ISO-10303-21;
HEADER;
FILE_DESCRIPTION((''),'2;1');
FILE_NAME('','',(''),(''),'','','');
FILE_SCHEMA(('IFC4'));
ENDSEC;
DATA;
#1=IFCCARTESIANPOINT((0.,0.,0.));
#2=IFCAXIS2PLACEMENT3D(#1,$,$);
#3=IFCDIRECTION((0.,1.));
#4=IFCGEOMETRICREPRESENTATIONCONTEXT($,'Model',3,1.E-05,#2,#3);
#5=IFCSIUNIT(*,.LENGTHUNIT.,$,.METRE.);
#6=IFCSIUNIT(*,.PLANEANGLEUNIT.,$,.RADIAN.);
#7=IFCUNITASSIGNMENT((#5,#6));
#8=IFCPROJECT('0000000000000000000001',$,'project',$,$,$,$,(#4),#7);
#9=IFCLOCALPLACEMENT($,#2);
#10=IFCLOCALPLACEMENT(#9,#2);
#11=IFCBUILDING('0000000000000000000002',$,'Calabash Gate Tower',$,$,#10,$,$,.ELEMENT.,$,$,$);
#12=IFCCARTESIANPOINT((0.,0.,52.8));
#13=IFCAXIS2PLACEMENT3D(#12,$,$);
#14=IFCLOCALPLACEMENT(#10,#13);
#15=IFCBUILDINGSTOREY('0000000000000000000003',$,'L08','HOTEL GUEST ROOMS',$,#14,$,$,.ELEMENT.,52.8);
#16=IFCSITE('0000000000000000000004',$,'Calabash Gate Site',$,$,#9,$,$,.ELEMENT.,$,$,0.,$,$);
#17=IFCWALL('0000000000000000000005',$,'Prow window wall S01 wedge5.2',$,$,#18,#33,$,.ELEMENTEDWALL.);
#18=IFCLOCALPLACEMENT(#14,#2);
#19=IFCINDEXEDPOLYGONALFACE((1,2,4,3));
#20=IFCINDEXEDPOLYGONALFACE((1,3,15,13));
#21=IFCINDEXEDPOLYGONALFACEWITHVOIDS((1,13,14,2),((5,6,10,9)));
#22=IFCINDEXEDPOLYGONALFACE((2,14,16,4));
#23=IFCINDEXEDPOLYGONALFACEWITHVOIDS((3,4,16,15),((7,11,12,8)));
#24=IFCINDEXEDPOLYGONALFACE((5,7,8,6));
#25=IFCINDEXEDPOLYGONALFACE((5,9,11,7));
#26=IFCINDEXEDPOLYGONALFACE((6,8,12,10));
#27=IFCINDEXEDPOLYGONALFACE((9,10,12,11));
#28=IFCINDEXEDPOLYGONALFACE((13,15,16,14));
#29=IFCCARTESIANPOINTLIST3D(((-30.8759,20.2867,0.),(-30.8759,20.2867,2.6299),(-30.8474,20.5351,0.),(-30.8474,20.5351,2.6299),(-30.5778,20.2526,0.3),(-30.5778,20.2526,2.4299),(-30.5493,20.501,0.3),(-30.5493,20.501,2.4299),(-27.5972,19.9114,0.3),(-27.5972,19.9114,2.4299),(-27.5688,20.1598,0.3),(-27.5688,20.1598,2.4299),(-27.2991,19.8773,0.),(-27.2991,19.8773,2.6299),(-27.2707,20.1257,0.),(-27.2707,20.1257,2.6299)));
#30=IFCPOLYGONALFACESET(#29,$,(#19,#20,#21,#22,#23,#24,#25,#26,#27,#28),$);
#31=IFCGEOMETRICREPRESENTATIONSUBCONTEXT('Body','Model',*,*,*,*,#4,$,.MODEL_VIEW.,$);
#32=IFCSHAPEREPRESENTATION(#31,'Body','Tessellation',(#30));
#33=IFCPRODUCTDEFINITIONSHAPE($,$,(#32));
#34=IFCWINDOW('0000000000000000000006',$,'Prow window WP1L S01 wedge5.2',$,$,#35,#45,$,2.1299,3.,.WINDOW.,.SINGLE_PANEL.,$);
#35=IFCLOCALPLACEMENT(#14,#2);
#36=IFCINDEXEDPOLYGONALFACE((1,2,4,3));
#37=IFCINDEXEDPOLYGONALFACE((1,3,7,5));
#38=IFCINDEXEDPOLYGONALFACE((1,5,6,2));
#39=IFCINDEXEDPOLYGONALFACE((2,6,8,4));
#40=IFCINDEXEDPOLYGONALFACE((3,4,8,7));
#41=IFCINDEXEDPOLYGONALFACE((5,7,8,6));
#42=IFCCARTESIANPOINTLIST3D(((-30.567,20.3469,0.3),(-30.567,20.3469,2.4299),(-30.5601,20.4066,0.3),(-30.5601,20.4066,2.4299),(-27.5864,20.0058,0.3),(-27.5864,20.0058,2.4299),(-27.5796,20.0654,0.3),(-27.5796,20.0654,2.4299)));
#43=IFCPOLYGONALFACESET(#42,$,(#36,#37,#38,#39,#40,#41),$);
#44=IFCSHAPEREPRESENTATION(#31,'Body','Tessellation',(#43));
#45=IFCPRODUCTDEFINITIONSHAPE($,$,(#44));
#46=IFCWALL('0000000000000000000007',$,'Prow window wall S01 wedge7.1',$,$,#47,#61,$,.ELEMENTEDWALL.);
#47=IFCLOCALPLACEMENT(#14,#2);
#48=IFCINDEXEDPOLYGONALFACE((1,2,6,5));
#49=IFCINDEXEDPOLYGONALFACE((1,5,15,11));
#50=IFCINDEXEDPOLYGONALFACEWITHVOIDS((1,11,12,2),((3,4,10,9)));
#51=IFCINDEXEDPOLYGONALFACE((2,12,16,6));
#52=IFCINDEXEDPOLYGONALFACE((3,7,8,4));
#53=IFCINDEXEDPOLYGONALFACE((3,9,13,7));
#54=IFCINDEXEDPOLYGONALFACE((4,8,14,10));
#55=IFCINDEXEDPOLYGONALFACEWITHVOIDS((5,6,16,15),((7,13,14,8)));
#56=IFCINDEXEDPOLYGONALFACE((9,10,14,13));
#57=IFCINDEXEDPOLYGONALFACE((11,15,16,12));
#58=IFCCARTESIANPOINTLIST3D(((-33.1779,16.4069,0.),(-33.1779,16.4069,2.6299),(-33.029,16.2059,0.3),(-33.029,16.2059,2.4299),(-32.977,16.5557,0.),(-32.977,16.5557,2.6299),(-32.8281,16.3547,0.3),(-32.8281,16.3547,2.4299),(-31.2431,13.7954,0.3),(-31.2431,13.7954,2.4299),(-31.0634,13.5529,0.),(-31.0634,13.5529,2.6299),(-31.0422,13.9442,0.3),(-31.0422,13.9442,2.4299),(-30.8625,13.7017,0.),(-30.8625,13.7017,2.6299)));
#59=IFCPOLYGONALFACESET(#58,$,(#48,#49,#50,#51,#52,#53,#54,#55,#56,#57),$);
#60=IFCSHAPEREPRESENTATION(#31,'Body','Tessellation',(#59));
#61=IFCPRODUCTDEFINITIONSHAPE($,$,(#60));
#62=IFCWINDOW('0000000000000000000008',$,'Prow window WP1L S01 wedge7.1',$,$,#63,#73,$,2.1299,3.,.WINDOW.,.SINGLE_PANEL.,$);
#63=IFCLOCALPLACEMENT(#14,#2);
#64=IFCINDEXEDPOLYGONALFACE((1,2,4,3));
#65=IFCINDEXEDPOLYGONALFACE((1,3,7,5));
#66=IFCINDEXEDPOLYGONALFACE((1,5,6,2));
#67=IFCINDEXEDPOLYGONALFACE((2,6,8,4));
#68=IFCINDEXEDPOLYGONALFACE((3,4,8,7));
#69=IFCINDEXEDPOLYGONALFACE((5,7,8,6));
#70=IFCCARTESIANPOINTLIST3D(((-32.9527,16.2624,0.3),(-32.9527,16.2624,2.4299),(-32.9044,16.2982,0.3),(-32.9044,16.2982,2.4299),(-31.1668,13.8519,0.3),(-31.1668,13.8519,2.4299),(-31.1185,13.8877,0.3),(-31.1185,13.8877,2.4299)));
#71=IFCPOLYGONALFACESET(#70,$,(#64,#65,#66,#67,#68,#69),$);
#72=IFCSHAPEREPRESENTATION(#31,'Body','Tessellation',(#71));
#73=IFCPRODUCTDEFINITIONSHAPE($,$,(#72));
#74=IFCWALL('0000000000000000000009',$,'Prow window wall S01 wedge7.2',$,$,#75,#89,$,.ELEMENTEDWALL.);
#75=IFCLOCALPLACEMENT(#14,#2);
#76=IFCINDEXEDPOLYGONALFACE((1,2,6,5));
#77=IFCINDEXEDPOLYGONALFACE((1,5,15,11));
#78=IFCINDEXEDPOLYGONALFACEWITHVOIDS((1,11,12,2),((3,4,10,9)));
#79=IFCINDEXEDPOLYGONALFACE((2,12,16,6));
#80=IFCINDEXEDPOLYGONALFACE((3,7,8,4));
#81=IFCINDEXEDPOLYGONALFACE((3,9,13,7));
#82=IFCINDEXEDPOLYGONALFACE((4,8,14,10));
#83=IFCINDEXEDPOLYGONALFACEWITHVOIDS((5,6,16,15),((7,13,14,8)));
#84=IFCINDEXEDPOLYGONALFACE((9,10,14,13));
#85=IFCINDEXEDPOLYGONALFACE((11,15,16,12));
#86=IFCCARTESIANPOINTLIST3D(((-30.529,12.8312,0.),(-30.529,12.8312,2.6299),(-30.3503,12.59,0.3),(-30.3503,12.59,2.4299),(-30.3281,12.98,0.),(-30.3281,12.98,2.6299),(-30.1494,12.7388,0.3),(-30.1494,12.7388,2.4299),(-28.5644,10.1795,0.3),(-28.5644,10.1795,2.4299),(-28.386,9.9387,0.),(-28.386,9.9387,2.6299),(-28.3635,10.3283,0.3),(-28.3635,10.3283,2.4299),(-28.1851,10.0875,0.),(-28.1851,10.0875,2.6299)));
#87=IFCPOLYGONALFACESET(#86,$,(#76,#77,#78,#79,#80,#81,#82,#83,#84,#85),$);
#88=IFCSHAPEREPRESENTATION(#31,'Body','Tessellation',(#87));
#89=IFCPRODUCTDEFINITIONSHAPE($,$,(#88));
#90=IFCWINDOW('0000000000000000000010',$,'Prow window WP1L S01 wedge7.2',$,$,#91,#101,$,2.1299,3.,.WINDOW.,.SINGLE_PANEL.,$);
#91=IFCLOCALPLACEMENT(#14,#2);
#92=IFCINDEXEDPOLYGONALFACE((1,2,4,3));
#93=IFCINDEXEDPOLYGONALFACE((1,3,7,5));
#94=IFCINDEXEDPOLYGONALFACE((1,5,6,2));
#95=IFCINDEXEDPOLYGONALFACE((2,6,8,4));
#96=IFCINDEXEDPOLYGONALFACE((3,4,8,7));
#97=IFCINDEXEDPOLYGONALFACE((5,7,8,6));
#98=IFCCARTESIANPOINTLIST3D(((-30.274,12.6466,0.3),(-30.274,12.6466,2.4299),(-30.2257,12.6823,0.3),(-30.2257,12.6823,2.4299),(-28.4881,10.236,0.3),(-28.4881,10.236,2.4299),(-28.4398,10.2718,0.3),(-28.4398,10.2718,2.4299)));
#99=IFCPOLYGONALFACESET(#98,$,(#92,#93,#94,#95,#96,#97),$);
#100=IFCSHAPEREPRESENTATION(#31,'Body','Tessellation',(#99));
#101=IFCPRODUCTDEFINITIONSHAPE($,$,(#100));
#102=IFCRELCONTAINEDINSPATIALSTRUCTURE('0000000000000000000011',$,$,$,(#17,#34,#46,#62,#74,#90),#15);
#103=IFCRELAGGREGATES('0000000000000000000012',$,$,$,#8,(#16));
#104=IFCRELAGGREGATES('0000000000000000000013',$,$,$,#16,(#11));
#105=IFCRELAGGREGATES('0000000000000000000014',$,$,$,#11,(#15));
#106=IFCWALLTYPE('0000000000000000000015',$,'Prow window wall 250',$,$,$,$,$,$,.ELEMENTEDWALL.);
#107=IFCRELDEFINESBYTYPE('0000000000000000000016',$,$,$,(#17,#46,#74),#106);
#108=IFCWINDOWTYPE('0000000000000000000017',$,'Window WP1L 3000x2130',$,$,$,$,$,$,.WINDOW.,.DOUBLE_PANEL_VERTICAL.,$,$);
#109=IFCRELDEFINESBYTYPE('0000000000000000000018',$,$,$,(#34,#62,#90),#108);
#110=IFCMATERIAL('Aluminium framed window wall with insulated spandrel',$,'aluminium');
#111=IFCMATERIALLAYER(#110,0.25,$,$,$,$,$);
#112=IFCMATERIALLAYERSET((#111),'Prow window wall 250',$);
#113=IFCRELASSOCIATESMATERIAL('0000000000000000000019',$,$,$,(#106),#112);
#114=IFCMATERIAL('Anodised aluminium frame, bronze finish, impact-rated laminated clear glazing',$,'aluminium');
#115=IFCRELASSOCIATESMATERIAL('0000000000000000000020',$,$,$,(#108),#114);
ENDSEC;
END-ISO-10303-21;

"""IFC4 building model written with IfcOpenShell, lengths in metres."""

from ifc_helpers import new_model, si_unit, direction, frame, frame_2d, origin, place, context, subcontext, project, spatial, rectangle, extrude, material, layer, layer_set, type_object, element, fill, save


model = new_model("IFC4")

# Units and contexts
model_context = context("Model", 3, precision=1e-05, world=origin(), true_north=direction((0.0, 1.0)))
body_context = subcontext(model_context, "Body", "Model", "MODEL_VIEW")
ifc_project = project(units=[si_unit("LENGTHUNIT", "METRE"), si_unit("PLANEANGLEUNIT", "RADIAN")], contexts=[model_context])

# Site, building, storey
site_placement = place(None, origin())
site = spatial("IfcSite", under=ifc_project, at=site_placement, Name="Calabash Gate Site", CompositionType="ELEMENT", RefElevation=0.0)
building_placement = place(site_placement, origin())
building = spatial("IfcBuilding", under=site, at=building_placement, Name="Calabash Gate Tower", CompositionType="ELEMENT")
storey_placement = place(building_placement, frame((0.0, 0.0, 52.8)))
storey = spatial("IfcBuildingStorey", under=building, at=storey_placement, Name="L08", Description="HOTEL GUEST ROOMS", CompositionType="ELEMENT", Elevation=52.8)

# Walls, openings, windows
ifc_material_1 = material(Name="Aluminium framed window wall with insulated spandrel", Category="aluminium")
ifc_layer_1 = layer(ifc_material_1, 0.25)
ifc_layer_set_1 = layer_set([ifc_layer_1], Name="Prow window wall 250")
wall_type_1 = type_object("IfcWallType", Name="Prow window wall 250", PredefinedType="ELEMENTEDWALL", material=ifc_layer_set_1)
wall_1_placement = place(storey_placement, frame((-27.2849, 20.0015, 0.0), z_axis=(0.0, 0.0, 1.0), x_axis=(-0.993512, 0.113728, 0.0)))
wall_1 = element("IfcWall", 1, at=wall_1_placement, inside=storey, type_object=wall_type_1, Name="Prow window wall S01 wedge5.2", PredefinedType="ELEMENTEDWALL", context=body_context, shape_type="SweptSolid", body=[
    extrude(rectangle(XDim=3.6001, YDim=0.25, at=frame_2d((1.8, 0.0))), origin(), (0.0, 0.0, 1.0), 2.6299),
])
opening_1_placement = place(wall_1_placement, frame((0.3, 0.0, 0.3)))
opening_1 = element("IfcOpeningElement", 2, at=opening_1_placement, cuts=wall_1, PredefinedType="OPENING", context=body_context, shape_type="SweptSolid", body=[
    extrude(rectangle(XDim=3.0, YDim=2.1299, at=frame_2d((1.5, 1.0649))), frame((0.0, 0.135, 0.0), z_axis=(0.0, -1.0, 0.0), x_axis=(1.0, 0.0, 0.0)), (0.0, 0.0, 1.0), 0.27),
])
ifc_material_2 = material(Name="Anodised aluminium frame, bronze finish, impact-rated laminated clear glazing", Category="aluminium")
window_type = type_object("IfcWindowType", Name="Window WP1L 3000x2130", PartitioningType="DOUBLE_PANEL_VERTICAL", PredefinedType="WINDOW", material=ifc_material_2)
window_1_placement = place(opening_1_placement, origin())
window_1 = element("IfcWindow", 3, at=window_1_placement, inside=storey, type_object=window_type, Name="Prow window WP1L S01 wedge5.2", OverallHeight=2.1299, OverallWidth=3.0, PartitioningType="SINGLE_PANEL", PredefinedType="WINDOW", context=body_context, shape_type="SweptSolid", body=[
    extrude(rectangle(XDim=3.0, YDim=2.1299, at=frame_2d((1.5, 1.0649))), frame((0.0, 0.03, 0.0), z_axis=(0.0, -1.0, 0.0), x_axis=(1.0, 0.0, 0.0)), (0.0, 0.0, 1.0), 0.0601),
])
fill(opening_1, window_1)
wall_2_placement = place(storey_placement, frame((-33.0774, 16.4812, 0.0), z_axis=(0.0, 0.0, 1.0), x_axis=(0.595305, -0.8035, 0.0)))
wall_2 = element("IfcWall", 4, at=wall_2_placement, inside=storey, type_object=wall_type_1, Name="Prow window wall S01 wedge7.1", PredefinedType="ELEMENTEDWALL", context=body_context, shape_type="SweptSolid", body=[
    extrude(rectangle(XDim=3.552, YDim=0.25, at=frame_2d((1.7759, 0.0))), origin(), (0.0, 0.0, 1.0), 2.6299),
])
opening_2_placement = place(wall_2_placement, frame((0.25, 0.0, 0.3)))
opening_2 = element("IfcOpeningElement", 5, at=opening_2_placement, cuts=wall_2, PredefinedType="OPENING", context=body_context, shape_type="SweptSolid", body=[
    extrude(rectangle(XDim=3.0, YDim=2.1299, at=frame_2d((1.5, 1.0649))), frame((0.0, 0.135, 0.0), z_axis=(0.0, -1.0, 0.0), x_axis=(1.0, 0.0, 0.0)), (0.0, 0.0, 1.0), 0.27),
])
window_2_placement = place(opening_2_placement, origin())
window_2 = element("IfcWindow", 6, at=window_2_placement, inside=storey, type_object=window_type, Name="Prow window WP1L S01 wedge7.1", OverallHeight=2.1299, OverallWidth=3.0, PartitioningType="SINGLE_PANEL", PredefinedType="WINDOW", context=body_context, shape_type="SweptSolid", body=[
    extrude(rectangle(XDim=3.0, YDim=2.1299, at=frame_2d((1.5, 1.0649))), frame((0.0, 0.03, 0.0), z_axis=(0.0, -1.0, 0.0), x_axis=(1.0, 0.0, 0.0)), (0.0, 0.0, 1.0), 0.0601),
])
fill(opening_2, window_2)
wall_3_placement = place(storey_placement, frame((-30.4285, 12.9055, 0.0), z_axis=(0.0, 0.0, 1.0), x_axis=(0.595302, -0.803502, 0.0)))
wall_3 = element("IfcWall", 7, at=wall_3_placement, inside=storey, type_object=wall_type_1, Name="Prow window wall S01 wedge7.2", PredefinedType="ELEMENTEDWALL", context=body_context, shape_type="SweptSolid", body=[
    extrude(rectangle(XDim=3.5999, YDim=0.25, at=frame_2d((1.7998, 0.0))), origin(), (0.0, 0.0, 1.0), 2.6299),
])
opening_3_placement = place(wall_3_placement, frame((0.3, 0.0, 0.3)))
opening_3 = element("IfcOpeningElement", 8, at=opening_3_placement, cuts=wall_3, PredefinedType="OPENING", context=body_context, shape_type="SweptSolid", body=[
    extrude(rectangle(XDim=3.0, YDim=2.1299, at=frame_2d((1.5, 1.0649))), frame((0.0, 0.135, 0.0), z_axis=(0.0, -1.0, 0.0), x_axis=(1.0, 0.0, 0.0)), (0.0, 0.0, 1.0), 0.27),
])
window_3_placement = place(opening_3_placement, origin())
window_3 = element("IfcWindow", 9, at=window_3_placement, inside=storey, type_object=window_type, Name="Prow window WP1L S01 wedge7.2", OverallHeight=2.1299, OverallWidth=3.0, PartitioningType="SINGLE_PANEL", PredefinedType="WINDOW", context=body_context, shape_type="SweptSolid", body=[
    extrude(rectangle(XDim=3.0, YDim=2.1299, at=frame_2d((1.5, 1.0649))), frame((0.0, 0.03, 0.0), z_axis=(0.0, -1.0, 0.0), x_axis=(1.0, 0.0, 0.0)), (0.0, 0.0, 1.0), 0.0601),
])
fill(opening_3, window_3)

save(model, "model.ifc")
